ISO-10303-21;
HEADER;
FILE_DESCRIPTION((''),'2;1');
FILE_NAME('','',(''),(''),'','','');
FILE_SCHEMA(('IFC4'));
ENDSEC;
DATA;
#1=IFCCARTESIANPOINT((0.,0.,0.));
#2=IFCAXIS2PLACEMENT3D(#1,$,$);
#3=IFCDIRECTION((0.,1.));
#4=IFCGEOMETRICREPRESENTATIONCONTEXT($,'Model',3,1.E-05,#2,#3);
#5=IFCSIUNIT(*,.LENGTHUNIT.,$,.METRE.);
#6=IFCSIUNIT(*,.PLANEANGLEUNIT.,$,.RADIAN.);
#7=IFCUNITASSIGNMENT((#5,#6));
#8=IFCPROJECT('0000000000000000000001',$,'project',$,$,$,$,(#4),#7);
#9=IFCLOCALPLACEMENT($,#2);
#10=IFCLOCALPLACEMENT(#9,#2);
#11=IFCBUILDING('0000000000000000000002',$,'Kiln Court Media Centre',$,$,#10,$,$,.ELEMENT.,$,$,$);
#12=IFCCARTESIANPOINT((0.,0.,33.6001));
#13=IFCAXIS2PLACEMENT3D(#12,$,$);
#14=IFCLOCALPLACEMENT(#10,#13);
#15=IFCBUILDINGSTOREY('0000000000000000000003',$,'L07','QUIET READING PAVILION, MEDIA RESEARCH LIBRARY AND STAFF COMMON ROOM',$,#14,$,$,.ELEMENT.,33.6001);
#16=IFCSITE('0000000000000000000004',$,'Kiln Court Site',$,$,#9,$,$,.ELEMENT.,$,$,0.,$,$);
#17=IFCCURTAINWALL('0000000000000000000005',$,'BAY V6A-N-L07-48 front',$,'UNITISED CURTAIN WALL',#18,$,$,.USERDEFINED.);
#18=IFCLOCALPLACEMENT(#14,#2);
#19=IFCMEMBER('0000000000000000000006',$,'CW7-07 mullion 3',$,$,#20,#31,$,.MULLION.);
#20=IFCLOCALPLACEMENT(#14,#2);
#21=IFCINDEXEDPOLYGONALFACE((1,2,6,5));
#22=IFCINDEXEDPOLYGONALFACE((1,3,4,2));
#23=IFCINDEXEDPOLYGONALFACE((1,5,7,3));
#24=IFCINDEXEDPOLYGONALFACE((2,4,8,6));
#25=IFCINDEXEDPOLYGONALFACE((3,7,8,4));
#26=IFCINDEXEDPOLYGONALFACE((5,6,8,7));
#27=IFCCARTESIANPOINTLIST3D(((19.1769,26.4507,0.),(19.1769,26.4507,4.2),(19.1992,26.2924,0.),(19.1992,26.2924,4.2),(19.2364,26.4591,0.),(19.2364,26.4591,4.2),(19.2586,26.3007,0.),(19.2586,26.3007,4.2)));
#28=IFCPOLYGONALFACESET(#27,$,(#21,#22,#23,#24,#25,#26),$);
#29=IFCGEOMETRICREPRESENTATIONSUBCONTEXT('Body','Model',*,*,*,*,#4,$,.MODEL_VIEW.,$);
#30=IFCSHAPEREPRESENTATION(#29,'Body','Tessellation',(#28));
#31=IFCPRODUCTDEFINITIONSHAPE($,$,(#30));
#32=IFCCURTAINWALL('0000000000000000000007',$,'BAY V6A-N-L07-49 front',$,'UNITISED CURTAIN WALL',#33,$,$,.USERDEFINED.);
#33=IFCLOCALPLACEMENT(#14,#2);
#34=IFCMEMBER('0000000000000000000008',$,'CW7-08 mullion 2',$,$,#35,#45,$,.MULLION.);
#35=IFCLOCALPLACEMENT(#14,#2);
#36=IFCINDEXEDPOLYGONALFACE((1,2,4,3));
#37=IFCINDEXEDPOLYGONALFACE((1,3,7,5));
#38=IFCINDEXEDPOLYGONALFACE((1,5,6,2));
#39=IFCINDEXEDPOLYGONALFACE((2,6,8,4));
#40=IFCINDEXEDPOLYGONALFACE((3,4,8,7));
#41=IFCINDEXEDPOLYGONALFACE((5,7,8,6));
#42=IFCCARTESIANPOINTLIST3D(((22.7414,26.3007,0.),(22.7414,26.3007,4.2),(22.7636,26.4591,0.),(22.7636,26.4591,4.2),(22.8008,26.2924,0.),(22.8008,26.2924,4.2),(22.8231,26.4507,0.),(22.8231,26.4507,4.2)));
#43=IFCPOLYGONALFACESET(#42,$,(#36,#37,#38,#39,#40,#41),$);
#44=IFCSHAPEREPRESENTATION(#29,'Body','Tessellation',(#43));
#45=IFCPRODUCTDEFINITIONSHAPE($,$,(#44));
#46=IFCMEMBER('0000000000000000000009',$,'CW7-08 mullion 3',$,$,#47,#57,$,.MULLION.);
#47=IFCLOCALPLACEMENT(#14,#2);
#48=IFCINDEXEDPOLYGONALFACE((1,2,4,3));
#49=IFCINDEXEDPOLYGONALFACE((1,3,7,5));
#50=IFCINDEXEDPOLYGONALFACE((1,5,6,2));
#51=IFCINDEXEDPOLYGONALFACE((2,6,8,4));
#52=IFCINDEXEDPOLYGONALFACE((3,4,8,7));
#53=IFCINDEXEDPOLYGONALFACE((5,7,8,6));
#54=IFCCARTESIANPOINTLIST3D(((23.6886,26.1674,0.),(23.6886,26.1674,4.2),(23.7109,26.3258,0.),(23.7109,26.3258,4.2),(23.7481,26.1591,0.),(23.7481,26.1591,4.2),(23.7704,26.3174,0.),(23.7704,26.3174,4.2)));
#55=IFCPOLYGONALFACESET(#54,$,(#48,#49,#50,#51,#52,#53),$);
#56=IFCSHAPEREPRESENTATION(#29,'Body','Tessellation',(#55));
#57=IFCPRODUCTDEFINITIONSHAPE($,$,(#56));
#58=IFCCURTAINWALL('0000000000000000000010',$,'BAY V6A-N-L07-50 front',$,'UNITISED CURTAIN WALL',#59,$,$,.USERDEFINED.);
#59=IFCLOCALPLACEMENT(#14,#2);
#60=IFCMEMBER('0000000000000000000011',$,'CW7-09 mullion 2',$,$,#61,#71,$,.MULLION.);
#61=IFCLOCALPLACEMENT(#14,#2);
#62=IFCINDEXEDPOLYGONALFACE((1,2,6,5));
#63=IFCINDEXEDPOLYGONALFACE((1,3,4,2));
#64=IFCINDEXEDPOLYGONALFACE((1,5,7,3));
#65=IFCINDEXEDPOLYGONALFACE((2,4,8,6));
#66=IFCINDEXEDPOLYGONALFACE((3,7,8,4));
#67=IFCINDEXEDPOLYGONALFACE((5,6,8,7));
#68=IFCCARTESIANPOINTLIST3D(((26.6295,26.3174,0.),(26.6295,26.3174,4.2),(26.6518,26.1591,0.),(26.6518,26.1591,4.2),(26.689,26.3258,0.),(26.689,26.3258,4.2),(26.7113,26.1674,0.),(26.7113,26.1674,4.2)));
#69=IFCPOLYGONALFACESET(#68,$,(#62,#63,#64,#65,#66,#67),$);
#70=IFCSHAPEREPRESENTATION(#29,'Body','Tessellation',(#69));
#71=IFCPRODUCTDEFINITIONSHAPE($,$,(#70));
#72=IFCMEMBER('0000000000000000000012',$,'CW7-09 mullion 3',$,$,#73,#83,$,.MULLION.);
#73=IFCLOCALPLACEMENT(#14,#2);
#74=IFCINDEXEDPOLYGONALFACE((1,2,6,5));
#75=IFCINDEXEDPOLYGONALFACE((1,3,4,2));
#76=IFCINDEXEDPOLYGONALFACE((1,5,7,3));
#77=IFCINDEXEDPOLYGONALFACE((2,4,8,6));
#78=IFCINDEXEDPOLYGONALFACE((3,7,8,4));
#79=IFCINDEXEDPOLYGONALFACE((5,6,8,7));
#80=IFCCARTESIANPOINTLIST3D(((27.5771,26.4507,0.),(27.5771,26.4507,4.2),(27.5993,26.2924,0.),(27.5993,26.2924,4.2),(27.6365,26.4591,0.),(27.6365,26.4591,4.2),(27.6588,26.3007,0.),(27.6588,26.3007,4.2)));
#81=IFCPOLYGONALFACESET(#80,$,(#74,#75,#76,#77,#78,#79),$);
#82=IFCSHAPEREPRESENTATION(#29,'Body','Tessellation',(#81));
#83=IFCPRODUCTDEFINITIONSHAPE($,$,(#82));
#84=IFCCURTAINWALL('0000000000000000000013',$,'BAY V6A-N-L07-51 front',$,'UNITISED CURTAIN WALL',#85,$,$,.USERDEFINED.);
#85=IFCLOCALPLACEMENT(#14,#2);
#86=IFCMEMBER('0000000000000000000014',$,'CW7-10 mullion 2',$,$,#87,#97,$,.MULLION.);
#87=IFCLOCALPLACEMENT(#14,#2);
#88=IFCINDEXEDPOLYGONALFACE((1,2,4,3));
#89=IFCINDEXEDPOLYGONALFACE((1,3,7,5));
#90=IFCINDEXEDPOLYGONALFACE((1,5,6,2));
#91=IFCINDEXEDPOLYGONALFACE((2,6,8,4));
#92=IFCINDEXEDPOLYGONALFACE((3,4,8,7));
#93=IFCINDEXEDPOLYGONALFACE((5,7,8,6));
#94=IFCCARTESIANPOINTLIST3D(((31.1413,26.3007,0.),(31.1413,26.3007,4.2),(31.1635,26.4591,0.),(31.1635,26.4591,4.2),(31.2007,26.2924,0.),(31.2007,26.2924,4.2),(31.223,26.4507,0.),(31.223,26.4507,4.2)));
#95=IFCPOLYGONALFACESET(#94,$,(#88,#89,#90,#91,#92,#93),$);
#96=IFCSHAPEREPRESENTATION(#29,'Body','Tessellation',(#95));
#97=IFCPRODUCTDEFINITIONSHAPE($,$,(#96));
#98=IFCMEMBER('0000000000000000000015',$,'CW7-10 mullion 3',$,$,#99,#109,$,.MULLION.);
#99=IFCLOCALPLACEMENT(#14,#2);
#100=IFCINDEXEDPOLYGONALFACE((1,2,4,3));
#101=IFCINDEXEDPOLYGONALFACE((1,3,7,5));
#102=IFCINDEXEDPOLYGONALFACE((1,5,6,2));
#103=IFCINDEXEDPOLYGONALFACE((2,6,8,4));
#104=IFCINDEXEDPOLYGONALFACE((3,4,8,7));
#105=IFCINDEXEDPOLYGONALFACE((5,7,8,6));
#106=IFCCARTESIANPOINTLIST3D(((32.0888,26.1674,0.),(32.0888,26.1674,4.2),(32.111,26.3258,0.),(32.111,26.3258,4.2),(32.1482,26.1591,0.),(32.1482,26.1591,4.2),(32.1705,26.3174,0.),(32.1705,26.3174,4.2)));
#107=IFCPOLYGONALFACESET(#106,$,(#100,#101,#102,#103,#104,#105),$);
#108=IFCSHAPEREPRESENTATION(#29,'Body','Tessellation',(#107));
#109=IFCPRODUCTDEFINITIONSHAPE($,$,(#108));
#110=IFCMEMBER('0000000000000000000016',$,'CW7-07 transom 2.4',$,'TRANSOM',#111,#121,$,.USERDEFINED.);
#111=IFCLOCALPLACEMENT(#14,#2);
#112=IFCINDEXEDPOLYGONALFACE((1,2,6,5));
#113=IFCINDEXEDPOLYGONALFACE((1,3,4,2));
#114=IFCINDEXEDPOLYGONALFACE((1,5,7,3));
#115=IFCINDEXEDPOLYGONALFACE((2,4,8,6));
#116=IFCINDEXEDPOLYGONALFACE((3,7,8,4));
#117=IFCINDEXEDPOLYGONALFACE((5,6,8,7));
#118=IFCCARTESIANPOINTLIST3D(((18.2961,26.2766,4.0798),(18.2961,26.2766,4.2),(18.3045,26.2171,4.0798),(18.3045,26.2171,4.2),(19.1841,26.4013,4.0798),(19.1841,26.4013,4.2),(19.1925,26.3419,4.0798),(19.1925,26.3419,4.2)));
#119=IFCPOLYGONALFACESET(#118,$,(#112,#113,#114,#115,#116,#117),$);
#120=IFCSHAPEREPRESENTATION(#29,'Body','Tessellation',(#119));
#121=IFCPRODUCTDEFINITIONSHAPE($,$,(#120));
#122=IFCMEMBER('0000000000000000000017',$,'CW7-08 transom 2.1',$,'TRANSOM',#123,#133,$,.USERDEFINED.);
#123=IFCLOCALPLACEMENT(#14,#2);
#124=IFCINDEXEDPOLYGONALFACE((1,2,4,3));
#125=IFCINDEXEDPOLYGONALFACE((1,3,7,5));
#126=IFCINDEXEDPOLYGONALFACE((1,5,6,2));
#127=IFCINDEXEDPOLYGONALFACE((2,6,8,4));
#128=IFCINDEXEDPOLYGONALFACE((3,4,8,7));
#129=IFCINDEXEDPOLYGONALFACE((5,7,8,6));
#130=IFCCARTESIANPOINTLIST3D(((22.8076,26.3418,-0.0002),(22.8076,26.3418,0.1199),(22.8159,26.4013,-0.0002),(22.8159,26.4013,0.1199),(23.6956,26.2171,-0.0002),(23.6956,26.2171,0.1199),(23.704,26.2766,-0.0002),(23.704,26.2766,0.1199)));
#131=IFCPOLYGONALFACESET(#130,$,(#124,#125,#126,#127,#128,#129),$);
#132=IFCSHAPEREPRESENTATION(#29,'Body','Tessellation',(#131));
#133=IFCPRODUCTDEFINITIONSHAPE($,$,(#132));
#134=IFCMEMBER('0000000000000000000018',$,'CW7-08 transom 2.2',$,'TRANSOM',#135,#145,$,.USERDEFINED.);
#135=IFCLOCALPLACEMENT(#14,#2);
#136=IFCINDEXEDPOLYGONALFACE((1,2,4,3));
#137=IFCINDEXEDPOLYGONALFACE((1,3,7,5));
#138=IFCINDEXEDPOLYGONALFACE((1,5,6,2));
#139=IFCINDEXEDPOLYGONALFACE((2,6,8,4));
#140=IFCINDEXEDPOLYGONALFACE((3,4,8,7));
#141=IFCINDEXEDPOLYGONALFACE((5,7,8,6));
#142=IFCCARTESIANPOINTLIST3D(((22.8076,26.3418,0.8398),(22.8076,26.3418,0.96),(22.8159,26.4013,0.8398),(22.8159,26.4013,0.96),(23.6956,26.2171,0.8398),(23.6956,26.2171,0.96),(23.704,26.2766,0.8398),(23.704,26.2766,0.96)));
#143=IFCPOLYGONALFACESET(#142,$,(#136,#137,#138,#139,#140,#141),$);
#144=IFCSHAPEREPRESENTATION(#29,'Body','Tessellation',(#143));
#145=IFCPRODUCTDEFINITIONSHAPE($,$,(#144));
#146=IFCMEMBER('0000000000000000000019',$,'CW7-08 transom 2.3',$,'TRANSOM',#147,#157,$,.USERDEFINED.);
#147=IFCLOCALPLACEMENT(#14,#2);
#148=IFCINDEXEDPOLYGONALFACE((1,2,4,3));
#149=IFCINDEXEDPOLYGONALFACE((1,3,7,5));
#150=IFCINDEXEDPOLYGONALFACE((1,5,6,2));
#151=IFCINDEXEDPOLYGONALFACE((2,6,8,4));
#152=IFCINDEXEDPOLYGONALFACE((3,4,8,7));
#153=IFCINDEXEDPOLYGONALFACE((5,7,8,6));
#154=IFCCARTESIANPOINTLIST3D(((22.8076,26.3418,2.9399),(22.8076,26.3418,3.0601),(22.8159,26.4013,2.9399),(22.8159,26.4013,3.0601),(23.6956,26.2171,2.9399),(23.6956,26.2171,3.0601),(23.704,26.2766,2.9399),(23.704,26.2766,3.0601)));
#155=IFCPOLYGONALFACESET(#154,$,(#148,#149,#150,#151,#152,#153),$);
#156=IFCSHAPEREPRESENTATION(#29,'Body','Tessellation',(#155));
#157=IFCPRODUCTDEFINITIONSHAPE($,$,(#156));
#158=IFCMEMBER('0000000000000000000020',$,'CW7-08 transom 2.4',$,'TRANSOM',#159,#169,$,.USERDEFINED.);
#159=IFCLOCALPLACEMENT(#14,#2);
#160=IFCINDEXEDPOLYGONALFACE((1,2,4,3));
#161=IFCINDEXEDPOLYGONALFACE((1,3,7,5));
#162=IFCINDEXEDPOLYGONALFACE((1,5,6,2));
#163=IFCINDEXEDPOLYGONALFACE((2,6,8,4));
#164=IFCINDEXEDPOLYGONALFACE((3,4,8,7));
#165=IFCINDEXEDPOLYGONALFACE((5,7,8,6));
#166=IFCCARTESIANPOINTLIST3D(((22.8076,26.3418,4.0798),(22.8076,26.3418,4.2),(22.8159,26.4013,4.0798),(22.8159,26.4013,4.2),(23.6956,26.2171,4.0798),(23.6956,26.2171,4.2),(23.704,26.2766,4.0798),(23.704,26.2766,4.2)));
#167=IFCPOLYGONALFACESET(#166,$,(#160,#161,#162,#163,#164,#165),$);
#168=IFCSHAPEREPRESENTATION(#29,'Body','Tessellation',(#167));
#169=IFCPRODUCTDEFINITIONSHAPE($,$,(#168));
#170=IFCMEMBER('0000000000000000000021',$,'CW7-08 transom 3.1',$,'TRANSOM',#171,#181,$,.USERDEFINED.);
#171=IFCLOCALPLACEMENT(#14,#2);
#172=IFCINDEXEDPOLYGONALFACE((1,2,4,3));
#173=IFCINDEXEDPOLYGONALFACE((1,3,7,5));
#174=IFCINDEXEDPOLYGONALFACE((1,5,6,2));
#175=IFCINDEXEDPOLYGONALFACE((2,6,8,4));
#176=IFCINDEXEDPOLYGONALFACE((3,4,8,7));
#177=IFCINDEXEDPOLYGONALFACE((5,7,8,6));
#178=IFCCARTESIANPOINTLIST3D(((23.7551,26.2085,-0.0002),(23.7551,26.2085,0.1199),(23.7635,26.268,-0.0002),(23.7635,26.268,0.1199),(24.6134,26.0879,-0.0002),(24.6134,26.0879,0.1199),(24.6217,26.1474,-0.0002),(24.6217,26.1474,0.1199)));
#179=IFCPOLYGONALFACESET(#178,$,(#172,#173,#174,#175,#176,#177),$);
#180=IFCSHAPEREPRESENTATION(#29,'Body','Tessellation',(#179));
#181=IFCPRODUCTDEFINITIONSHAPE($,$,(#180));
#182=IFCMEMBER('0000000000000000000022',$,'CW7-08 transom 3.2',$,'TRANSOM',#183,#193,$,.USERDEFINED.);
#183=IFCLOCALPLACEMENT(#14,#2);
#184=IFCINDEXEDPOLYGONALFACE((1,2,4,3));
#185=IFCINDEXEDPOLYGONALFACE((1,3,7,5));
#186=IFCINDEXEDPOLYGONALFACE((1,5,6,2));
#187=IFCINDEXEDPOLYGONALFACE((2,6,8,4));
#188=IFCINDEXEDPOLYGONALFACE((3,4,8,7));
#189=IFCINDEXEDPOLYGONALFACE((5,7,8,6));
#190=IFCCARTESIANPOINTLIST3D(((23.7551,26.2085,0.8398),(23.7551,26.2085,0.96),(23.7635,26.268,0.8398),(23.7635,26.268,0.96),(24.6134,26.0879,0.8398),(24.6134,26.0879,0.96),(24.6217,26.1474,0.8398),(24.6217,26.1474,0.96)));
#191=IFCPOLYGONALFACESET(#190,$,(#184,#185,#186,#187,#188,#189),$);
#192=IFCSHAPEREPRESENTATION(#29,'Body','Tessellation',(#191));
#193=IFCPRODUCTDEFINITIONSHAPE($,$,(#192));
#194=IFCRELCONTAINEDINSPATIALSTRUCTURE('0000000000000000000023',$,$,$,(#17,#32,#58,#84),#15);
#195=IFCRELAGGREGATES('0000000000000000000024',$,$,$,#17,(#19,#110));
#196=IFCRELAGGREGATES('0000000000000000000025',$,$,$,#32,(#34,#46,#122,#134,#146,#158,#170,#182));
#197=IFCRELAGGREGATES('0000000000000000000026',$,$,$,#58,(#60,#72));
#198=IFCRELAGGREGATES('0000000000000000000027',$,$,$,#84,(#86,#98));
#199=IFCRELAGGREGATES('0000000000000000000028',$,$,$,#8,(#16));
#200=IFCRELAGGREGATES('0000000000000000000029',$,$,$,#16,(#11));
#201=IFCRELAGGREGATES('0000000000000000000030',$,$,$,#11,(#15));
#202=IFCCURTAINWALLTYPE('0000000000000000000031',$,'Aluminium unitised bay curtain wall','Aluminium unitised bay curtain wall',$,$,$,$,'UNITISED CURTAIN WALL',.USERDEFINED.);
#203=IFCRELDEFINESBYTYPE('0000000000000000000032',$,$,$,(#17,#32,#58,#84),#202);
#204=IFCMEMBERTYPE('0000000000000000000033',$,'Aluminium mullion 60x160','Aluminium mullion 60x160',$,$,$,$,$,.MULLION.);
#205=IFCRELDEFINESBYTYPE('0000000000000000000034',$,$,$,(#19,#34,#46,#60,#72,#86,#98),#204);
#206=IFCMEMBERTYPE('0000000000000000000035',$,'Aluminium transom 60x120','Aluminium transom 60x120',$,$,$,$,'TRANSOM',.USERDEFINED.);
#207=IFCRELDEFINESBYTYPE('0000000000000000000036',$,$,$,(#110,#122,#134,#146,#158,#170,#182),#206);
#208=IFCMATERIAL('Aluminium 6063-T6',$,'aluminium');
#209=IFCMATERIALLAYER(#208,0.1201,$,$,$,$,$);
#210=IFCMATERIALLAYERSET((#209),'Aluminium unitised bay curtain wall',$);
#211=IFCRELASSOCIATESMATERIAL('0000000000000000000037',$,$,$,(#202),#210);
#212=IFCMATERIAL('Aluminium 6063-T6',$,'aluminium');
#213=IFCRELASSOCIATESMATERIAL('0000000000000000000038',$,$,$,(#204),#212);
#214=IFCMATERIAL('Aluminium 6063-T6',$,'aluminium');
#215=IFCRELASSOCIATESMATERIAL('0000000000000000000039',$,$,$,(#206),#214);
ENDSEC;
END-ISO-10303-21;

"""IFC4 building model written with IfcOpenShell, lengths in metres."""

from ifc_helpers import new_model, si_unit, direction, frame, origin, origin_2d, place, context, subcontext, project, spatial, rectangle, extrude, material, layer, layer_set, material_profile, profile_set, type_object, element, aggregate, save


model = new_model("IFC4")

# Units and contexts
model_context = context("Model", 3, precision=1e-05, world=origin(), true_north=direction((0.0, 1.0)))
body_context = subcontext(model_context, "Body", "Model", "MODEL_VIEW")
ifc_project = project(units=[si_unit("LENGTHUNIT", "METRE"), si_unit("PLANEANGLEUNIT", "RADIAN")], contexts=[model_context])

# Site, building, storey
site_placement = place(None, origin())
site = spatial("IfcSite", under=ifc_project, at=site_placement, Name="Kiln Court Site", CompositionType="ELEMENT", RefElevation=0.0)
building_placement = place(site_placement, origin())
building = spatial("IfcBuilding", under=site, at=building_placement, Name="Kiln Court Media Centre", CompositionType="ELEMENT")
storey_placement = place(building_placement, frame((0.0, 0.0, 33.6001)))
storey = spatial("IfcBuildingStorey", under=building, at=storey_placement, Name="L07", Description="QUIET READING PAVILION, MEDIA RESEARCH LIBRARY AND STAFF COMMON ROOM", CompositionType="ELEMENT", Elevation=33.6001)

# Curtain wall, member
ifc_material_1 = material(Name="Aluminium 6063-T6", Category="aluminium")
ifc_layer_1 = layer(ifc_material_1, 0.1201)
ifc_layer_set_1 = layer_set([ifc_layer_1], Name="Aluminium unitised bay curtain wall")
curtain_wall_type = type_object("IfcCurtainWallType", Name="Aluminium unitised bay curtain wall", Description="Aluminium unitised bay curtain wall", ElementType="UNITISED CURTAIN WALL", PredefinedType="USERDEFINED", material=ifc_layer_set_1)
curtain_wall_1_placement = place(storey_placement, origin())
curtain_wall_1 = element("IfcCurtainWall", 1, at=curtain_wall_1_placement, inside=storey, type_object=curtain_wall_type, Name="BAY V6A-N-L07-48 front", ObjectType="UNITISED CURTAIN WALL", PredefinedType="USERDEFINED")
ifc_material_2 = material(Name="Aluminium 6063-T6", Category="aluminium")
ifc_material_profile_1 = material_profile(ifc_material_2, rectangle(XDim=0.0601, YDim=0.1599, at=origin_2d()), Name="Aluminium mullion 60x160")
ifc_profile_set_1 = profile_set([ifc_material_profile_1], Name="Aluminium 6063-T6")
member_type_1 = type_object("IfcMemberType", Name="Aluminium mullion 60x160", Description="Aluminium mullion 60x160", PredefinedType="MULLION", material=ifc_profile_set_1)
member_1_placement = place(storey_placement, frame((19.2178, 26.3757, 0.0), z_axis=(0.0, 0.0, 1.0), x_axis=(0.99027, 0.139162, 0.0)))
member_1 = element("IfcMember", 2, at=member_1_placement, type_object=member_type_1, Name="CW7-07 mullion 3", PredefinedType="MULLION", context=body_context, shape_type="SweptSolid", body=[
    extrude(rectangle(XDim=0.0601, YDim=0.1599, at=origin_2d()), origin(), (0.0, 0.0, 1.0), 4.2),
])

# Curtain walls, members
curtain_wall_2_placement = place(storey_placement, origin())
curtain_wall_2 = element("IfcCurtainWall", 3, at=curtain_wall_2_placement, inside=storey, type_object=curtain_wall_type, Name="BAY V6A-N-L07-49 front", ObjectType="UNITISED CURTAIN WALL", PredefinedType="USERDEFINED")
member_2_placement = place(storey_placement, frame((22.7822, 26.3757, 0.0), z_axis=(0.0, 0.0, 1.0), x_axis=(0.99027, -0.139162, 0.0)))
member_2 = element("IfcMember", 4, at=member_2_placement, type_object=member_type_1, Name="CW7-08 mullion 2", PredefinedType="MULLION", context=body_context, shape_type="SweptSolid", body=[
    extrude(rectangle(XDim=0.0601, YDim=0.1599, at=origin_2d()), origin(), (0.0, 0.0, 1.0), 4.2),
])
member_3_placement = place(storey_placement, frame((23.7295, 26.2424, 0.0), z_axis=(0.0, 0.0, 1.0), x_axis=(0.99027, -0.139162, 0.0)))
member_3 = element("IfcMember", 5, at=member_3_placement, type_object=member_type_1, Name="CW7-08 mullion 3", PredefinedType="MULLION", context=body_context, shape_type="SweptSolid", body=[
    extrude(rectangle(XDim=0.0601, YDim=0.1599, at=origin_2d()), origin(), (0.0, 0.0, 1.0), 4.2),
])
curtain_wall_3_placement = place(storey_placement, origin())
curtain_wall_3 = element("IfcCurtainWall", 6, at=curtain_wall_3_placement, inside=storey, type_object=curtain_wall_type, Name="BAY V6A-N-L07-50 front", ObjectType="UNITISED CURTAIN WALL", PredefinedType="USERDEFINED")
member_4_placement = place(storey_placement, frame((26.6704, 26.2424, 0.0), z_axis=(0.0, 0.0, 1.0), x_axis=(0.99027, 0.139162, 0.0)))
member_4 = element("IfcMember", 7, at=member_4_placement, type_object=member_type_1, Name="CW7-09 mullion 2", PredefinedType="MULLION", context=body_context, shape_type="SweptSolid", body=[
    extrude(rectangle(XDim=0.0601, YDim=0.1599, at=origin_2d()), origin(), (0.0, 0.0, 1.0), 4.2),
])
member_5_placement = place(storey_placement, frame((27.6179, 26.3757, 0.0), z_axis=(0.0, 0.0, 1.0), x_axis=(0.99027, 0.139162, 0.0)))
member_5 = element("IfcMember", 8, at=member_5_placement, type_object=member_type_1, Name="CW7-09 mullion 3", PredefinedType="MULLION", context=body_context, shape_type="SweptSolid", body=[
    extrude(rectangle(XDim=0.0601, YDim=0.1599, at=origin_2d()), origin(), (0.0, 0.0, 1.0), 4.2),
])
curtain_wall_4_placement = place(storey_placement, origin())
curtain_wall_4 = element("IfcCurtainWall", 9, at=curtain_wall_4_placement, inside=storey, type_object=curtain_wall_type, Name="BAY V6A-N-L07-51 front", ObjectType="UNITISED CURTAIN WALL", PredefinedType="USERDEFINED")
member_6_placement = place(storey_placement, frame((31.1821, 26.3757, 0.0), z_axis=(0.0, 0.0, 1.0), x_axis=(0.99027, -0.139162, 0.0)))
member_6 = element("IfcMember", 10, at=member_6_placement, type_object=member_type_1, Name="CW7-10 mullion 2", PredefinedType="MULLION", context=body_context, shape_type="SweptSolid", body=[
    extrude(rectangle(XDim=0.0601, YDim=0.1599, at=origin_2d()), origin(), (0.0, 0.0, 1.0), 4.2),
])
member_7_placement = place(storey_placement, frame((32.1296, 26.2424, 0.0), z_axis=(0.0, 0.0, 1.0), x_axis=(0.99027, -0.139162, 0.0)))
member_7 = element("IfcMember", 11, at=member_7_placement, type_object=member_type_1, Name="CW7-10 mullion 3", PredefinedType="MULLION", context=body_context, shape_type="SweptSolid", body=[
    extrude(rectangle(XDim=0.0601, YDim=0.1599, at=origin_2d()), origin(), (0.0, 0.0, 1.0), 4.2),
])

# Members
ifc_material_3 = material(Name="Aluminium 6063-T6", Category="aluminium")
ifc_material_profile_2 = material_profile(ifc_material_3, rectangle(XDim=0.0601, YDim=0.1201, at=origin_2d()), Name="Aluminium transom 60x120")
ifc_profile_set_2 = profile_set([ifc_material_profile_2], Name="Aluminium 6063-T6")
member_type_2 = type_object("IfcMemberType", Name="Aluminium transom 60x120", Description="Aluminium transom 60x120", ElementType="TRANSOM", PredefinedType="USERDEFINED", material=ifc_profile_set_2)
member_8_placement = place(storey_placement, frame((18.3003, 26.2468, 4.1399), z_axis=(0.990274, 0.139134, 0.0), x_axis=(-0.139134, 0.990274, 0.0)))
member_8 = element("IfcMember", 12, at=member_8_placement, type_object=member_type_2, Name="CW7-07 transom 2.4", ObjectType="TRANSOM", PredefinedType="USERDEFINED", context=body_context, shape_type="SweptSolid", body=[
    extrude(rectangle(XDim=0.0601, YDim=0.1201, at=origin_2d()), origin(), (0.0, 0.0, 1.0), 0.8967),
])
member_9_placement = place(storey_placement, frame((22.8118, 26.3716, 0.0598), z_axis=(0.990274, -0.139134, 0.0), x_axis=(0.139134, 0.990274, 0.0)))
member_9 = element("IfcMember", 13, at=member_9_placement, type_object=member_type_2, Name="CW7-08 transom 2.1", ObjectType="TRANSOM", PredefinedType="USERDEFINED", context=body_context, shape_type="SweptSolid", body=[
    extrude(rectangle(XDim=0.0601, YDim=0.1201, at=origin_2d()), origin(), (0.0, 0.0, 1.0), 0.8967),
])
member_10_placement = place(storey_placement, frame((22.8118, 26.3716, 0.8999), z_axis=(0.990274, -0.139134, 0.0), x_axis=(0.139134, 0.990274, 0.0)))
member_10 = element("IfcMember", 14, at=member_10_placement, type_object=member_type_2, Name="CW7-08 transom 2.2", ObjectType="TRANSOM", PredefinedType="USERDEFINED", context=body_context, shape_type="SweptSolid", body=[
    extrude(rectangle(XDim=0.0601, YDim=0.1201, at=origin_2d()), origin(), (0.0, 0.0, 1.0), 0.8967),
])
member_11_placement = place(storey_placement, frame((22.8118, 26.3716, 3.0), z_axis=(0.990274, -0.139134, 0.0), x_axis=(0.139134, 0.990274, 0.0)))
member_11 = element("IfcMember", 15, at=member_11_placement, type_object=member_type_2, Name="CW7-08 transom 2.3", ObjectType="TRANSOM", PredefinedType="USERDEFINED", context=body_context, shape_type="SweptSolid", body=[
    extrude(rectangle(XDim=0.0601, YDim=0.1201, at=origin_2d()), origin(), (0.0, 0.0, 1.0), 0.8967),
])
member_12_placement = place(storey_placement, frame((22.8118, 26.3716, 4.1399), z_axis=(0.990274, -0.139134, 0.0), x_axis=(0.139134, 0.990274, 0.0)))
member_12 = element("IfcMember", 16, at=member_12_placement, type_object=member_type_2, Name="CW7-08 transom 2.4", ObjectType="TRANSOM", PredefinedType="USERDEFINED", context=body_context, shape_type="SweptSolid", body=[
    extrude(rectangle(XDim=0.0601, YDim=0.1201, at=origin_2d()), origin(), (0.0, 0.0, 1.0), 0.8967),
])
member_13_placement = place(storey_placement, frame((23.7593, 26.2383, 0.0598), z_axis=(0.990268, -0.139173, 0.0), x_axis=(0.139173, 0.990268, 0.0)))
member_13 = element("IfcMember", 17, at=member_13_placement, type_object=member_type_2, Name="CW7-08 transom 3.1", ObjectType="TRANSOM", PredefinedType="USERDEFINED", context=body_context, shape_type="SweptSolid", body=[
    extrude(rectangle(XDim=0.0601, YDim=0.1201, at=origin_2d()), origin(), (0.0, 0.0, 1.0), 0.8667),
])
member_14_placement = place(storey_placement, frame((23.7593, 26.2383, 0.8999), z_axis=(0.990268, -0.139173, 0.0), x_axis=(0.139173, 0.990268, 0.0)))
member_14 = element("IfcMember", 18, at=member_14_placement, type_object=member_type_2, Name="CW7-08 transom 3.2", ObjectType="TRANSOM", PredefinedType="USERDEFINED", context=body_context, shape_type="SweptSolid", body=[
    extrude(rectangle(XDim=0.0601, YDim=0.1201, at=origin_2d()), origin(), (0.0, 0.0, 1.0), 0.8667),
])

aggregate(curtain_wall_1, [member_1, member_8])
aggregate(curtain_wall_2, [member_2, member_3, member_9, member_10, member_11, member_12, member_13, member_14])
aggregate(curtain_wall_3, [member_4, member_5])
aggregate(curtain_wall_4, [member_6, member_7])

save(model, "model.ifc")
